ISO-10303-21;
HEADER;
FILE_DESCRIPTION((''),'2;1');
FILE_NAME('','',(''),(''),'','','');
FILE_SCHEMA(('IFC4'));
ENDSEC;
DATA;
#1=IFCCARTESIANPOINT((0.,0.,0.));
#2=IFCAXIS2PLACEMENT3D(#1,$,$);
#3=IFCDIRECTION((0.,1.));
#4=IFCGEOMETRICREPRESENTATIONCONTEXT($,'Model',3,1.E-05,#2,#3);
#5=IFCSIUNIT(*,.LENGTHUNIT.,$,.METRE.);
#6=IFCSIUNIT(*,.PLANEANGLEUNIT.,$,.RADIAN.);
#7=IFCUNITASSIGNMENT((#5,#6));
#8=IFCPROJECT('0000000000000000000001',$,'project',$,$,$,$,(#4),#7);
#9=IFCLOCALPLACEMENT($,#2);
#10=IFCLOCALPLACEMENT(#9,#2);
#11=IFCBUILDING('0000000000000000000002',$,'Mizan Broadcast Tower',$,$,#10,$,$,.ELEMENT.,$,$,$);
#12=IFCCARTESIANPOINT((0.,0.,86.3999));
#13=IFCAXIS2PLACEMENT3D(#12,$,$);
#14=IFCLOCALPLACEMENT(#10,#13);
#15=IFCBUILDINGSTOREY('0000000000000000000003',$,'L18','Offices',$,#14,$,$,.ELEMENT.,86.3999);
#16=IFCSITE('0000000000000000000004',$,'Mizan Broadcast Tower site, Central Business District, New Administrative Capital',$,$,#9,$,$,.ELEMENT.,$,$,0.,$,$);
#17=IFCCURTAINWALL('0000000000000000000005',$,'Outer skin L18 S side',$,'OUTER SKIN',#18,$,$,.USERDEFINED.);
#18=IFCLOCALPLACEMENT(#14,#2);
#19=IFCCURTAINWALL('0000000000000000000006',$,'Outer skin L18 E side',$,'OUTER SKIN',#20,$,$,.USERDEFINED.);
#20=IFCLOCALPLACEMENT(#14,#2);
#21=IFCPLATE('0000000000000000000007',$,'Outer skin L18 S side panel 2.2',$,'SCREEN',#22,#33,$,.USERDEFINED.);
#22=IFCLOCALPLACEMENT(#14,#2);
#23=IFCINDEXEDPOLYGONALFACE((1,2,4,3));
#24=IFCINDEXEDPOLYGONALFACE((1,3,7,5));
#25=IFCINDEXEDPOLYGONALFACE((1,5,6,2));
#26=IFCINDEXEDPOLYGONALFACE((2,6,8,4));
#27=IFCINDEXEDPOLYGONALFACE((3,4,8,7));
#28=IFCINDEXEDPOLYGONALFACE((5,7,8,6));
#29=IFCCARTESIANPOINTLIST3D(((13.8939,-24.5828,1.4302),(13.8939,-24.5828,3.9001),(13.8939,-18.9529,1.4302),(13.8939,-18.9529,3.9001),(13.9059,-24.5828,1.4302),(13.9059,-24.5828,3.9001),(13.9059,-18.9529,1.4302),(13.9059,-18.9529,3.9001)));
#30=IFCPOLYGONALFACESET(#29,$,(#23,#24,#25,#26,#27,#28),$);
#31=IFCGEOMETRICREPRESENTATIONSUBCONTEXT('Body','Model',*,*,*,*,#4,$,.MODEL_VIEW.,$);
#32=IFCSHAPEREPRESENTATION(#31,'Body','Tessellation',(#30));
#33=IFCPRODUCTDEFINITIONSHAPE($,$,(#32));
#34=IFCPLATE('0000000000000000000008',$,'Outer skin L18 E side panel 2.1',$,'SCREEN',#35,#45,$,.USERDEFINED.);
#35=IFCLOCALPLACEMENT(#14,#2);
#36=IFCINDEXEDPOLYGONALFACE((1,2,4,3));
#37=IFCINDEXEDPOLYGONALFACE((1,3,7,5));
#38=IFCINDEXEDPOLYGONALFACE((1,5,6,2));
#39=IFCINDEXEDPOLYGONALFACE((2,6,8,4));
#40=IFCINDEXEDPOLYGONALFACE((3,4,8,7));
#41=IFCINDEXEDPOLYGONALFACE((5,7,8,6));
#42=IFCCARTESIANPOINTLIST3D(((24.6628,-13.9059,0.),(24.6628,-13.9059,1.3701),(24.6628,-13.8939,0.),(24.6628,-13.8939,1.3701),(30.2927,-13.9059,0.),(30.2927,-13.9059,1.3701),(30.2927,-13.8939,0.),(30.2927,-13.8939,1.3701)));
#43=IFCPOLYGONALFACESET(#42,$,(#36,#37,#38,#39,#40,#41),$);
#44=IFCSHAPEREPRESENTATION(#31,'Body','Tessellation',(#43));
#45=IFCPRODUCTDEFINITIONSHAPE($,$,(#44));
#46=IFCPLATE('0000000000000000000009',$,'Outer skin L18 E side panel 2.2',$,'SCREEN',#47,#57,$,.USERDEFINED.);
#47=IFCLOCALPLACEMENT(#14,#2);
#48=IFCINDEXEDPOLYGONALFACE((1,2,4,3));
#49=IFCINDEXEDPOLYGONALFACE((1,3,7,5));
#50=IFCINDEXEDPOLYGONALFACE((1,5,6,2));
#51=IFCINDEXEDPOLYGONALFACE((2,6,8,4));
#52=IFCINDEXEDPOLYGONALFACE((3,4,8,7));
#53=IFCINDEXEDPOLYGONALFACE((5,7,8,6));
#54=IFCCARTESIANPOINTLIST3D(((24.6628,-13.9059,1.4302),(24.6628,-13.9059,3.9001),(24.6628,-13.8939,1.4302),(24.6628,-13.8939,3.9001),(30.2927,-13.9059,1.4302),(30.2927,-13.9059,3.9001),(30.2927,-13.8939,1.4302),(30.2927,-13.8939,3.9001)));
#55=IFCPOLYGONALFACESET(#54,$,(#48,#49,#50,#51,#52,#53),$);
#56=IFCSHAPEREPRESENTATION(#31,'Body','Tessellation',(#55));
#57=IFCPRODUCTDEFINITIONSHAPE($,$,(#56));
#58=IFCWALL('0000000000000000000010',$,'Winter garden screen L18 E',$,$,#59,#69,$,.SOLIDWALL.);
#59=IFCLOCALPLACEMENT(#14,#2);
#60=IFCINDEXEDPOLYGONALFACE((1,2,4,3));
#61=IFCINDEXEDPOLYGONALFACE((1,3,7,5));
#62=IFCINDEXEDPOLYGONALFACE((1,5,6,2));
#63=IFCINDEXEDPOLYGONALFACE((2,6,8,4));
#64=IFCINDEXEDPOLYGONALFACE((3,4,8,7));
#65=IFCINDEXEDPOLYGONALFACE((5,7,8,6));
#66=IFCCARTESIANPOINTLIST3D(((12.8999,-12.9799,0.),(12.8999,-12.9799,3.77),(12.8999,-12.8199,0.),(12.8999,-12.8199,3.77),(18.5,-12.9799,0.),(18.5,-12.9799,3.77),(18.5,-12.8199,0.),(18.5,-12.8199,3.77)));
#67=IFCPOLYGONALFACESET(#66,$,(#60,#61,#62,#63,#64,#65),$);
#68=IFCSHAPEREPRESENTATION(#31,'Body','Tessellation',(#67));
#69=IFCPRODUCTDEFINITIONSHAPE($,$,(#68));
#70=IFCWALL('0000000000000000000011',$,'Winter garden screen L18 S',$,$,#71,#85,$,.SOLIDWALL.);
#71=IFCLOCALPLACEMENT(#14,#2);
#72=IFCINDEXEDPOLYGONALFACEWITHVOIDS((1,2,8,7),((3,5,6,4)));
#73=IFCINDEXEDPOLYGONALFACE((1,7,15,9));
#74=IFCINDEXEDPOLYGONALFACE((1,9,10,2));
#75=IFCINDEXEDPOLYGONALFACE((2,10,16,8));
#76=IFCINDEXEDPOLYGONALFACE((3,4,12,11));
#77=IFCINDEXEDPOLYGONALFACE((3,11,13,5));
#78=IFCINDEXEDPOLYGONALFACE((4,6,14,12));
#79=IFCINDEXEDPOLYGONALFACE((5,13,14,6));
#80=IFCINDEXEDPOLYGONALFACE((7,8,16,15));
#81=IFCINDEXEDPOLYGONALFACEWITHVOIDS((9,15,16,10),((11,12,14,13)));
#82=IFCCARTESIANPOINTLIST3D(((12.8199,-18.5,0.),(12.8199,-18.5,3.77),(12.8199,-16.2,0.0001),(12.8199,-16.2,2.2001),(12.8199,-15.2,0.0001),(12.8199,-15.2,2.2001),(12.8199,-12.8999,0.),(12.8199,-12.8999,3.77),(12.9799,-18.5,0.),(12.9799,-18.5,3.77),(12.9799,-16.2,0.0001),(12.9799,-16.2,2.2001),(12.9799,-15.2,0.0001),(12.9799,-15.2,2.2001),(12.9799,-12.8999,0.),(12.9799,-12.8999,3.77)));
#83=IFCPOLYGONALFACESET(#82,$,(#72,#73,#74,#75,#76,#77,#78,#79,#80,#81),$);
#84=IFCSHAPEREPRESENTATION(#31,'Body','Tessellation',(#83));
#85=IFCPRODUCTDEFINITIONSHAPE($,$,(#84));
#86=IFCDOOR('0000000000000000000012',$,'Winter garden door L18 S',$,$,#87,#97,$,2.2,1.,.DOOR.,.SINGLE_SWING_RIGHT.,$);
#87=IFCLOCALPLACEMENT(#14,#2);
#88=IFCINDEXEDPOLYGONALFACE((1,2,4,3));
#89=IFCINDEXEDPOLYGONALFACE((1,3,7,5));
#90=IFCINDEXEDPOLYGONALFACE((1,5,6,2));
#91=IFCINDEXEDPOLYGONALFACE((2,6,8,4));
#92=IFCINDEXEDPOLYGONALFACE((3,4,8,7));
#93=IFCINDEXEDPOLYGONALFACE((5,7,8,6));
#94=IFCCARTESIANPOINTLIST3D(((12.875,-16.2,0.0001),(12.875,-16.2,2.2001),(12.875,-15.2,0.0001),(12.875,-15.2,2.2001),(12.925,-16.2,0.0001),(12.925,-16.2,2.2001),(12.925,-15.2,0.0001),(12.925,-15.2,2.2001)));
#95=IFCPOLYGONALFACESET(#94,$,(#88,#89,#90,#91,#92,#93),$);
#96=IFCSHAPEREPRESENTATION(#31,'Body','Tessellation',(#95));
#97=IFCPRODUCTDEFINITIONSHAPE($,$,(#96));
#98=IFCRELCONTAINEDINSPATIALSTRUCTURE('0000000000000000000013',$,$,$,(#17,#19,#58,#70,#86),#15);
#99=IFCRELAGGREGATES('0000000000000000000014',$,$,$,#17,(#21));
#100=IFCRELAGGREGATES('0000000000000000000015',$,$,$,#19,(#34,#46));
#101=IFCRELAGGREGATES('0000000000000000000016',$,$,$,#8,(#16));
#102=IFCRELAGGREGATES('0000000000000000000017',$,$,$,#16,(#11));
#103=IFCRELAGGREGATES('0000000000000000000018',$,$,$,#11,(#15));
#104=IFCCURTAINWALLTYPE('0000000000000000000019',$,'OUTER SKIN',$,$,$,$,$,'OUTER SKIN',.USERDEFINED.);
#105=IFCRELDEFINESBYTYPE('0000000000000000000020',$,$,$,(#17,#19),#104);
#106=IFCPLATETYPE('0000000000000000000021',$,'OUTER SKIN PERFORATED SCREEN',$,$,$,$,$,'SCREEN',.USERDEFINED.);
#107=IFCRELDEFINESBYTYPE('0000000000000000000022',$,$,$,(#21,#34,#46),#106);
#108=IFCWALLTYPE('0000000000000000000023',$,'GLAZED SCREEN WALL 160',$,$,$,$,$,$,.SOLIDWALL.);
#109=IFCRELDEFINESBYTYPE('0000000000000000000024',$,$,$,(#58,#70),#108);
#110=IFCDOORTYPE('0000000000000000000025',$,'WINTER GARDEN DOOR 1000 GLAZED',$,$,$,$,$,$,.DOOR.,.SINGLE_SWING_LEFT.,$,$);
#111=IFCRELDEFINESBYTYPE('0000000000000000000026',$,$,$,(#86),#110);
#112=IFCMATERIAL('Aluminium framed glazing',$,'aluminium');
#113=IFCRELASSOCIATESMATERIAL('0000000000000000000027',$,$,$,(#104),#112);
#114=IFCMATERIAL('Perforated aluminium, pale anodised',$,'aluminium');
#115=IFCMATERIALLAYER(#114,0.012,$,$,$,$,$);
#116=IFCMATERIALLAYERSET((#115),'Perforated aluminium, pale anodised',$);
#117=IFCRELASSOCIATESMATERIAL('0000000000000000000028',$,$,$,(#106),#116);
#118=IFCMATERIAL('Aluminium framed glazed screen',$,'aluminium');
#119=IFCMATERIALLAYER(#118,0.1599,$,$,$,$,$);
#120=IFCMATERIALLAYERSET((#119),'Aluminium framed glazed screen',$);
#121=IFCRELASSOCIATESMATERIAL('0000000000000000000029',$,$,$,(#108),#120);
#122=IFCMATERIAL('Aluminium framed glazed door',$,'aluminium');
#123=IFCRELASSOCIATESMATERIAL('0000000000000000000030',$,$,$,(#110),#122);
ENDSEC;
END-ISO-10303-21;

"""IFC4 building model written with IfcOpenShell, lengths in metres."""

from ifc_helpers import new_model, si_unit, direction, frame, frame_2d, origin, origin_2d, place, context, subcontext, project, spatial, rectangle, extrude, material, layer, layer_set, type_object, element, fill, aggregate, save


model = new_model("IFC4")

# Units and contexts
model_context = context("Model", 3, precision=1e-05, world=origin(), true_north=direction((0.0, 1.0)))
body_context = subcontext(model_context, "Body", "Model", "MODEL_VIEW")
ifc_project = project(units=[si_unit("LENGTHUNIT", "METRE"), si_unit("PLANEANGLEUNIT", "RADIAN")], contexts=[model_context])

# Site, building, storey
site_placement = place(None, origin())
site = spatial("IfcSite", under=ifc_project, at=site_placement, Name="Mizan Broadcast Tower site, Central Business District, New Administrative Capital", CompositionType="ELEMENT", RefElevation=0.0)
building_placement = place(site_placement, origin())
building = spatial("IfcBuilding", under=site, at=building_placement, Name="Mizan Broadcast Tower", CompositionType="ELEMENT")
storey_placement = place(building_placement, frame((0.0, 0.0, 86.3999)))
storey = spatial("IfcBuildingStorey", under=building, at=storey_placement, Name="L18", Description="Offices", CompositionType="ELEMENT", Elevation=86.3999)

# Shared definitions
ifc_material_1 = material(Name="Aluminium framed glazing", Category="aluminium")
curtain_wall_type_1 = type_object("IfcCurtainWallType", Name="OUTER SKIN", ElementType="OUTER SKIN", PredefinedType="USERDEFINED", material=ifc_material_1)

# Curtain wall
curtain_wall_1_placement = place(storey_placement, origin())
curtain_wall_1 = element("IfcCurtainWall", 1, at=curtain_wall_1_placement, inside=storey, type_object=curtain_wall_type_1, Name="Outer skin L18 S side", ObjectType="OUTER SKIN", PredefinedType="USERDEFINED")

# Curtain wall
curtain_wall_2_placement = place(storey_placement, origin())
curtain_wall_2 = element("IfcCurtainWall", 2, at=curtain_wall_2_placement, inside=storey, type_object=curtain_wall_type_1, Name="Outer skin L18 E side", ObjectType="OUTER SKIN", PredefinedType="USERDEFINED")

# Plates
ifc_material_2 = material(Name="Perforated aluminium, pale anodised", Category="aluminium")
ifc_layer_1 = layer(ifc_material_2, 0.012)
ifc_layer_set_1 = layer_set([ifc_layer_1], Name="Perforated aluminium, pale anodised")
plate_type_1 = type_object("IfcPlateType", Name="OUTER SKIN PERFORATED SCREEN", ElementType="SCREEN", PredefinedType="USERDEFINED", material=ifc_layer_set_1)
plate_1_placement = place(storey_placement, frame((13.8999, -21.7678, 1.4302), z_axis=(0.0, 0.0, 1.0), x_axis=(0.0, 1.0, 0.0)))
plate_1 = element("IfcPlate", 3, at=plate_1_placement, type_object=plate_type_1, Name="Outer skin L18 S side panel 2.2", ObjectType="SCREEN", PredefinedType="USERDEFINED", context=body_context, shape_type="SweptSolid", body=[
    extrude(rectangle(XDim=5.6299, YDim=0.012, at=origin_2d()), origin(), (0.0, 0.0, 1.0), 2.47),
])
aggregate(curtain_wall_1, [plate_1])
plate_2_placement = place(storey_placement, frame((27.4778, -13.8999, 0.0), z_axis=(0.0, 0.0, 1.0), x_axis=(1.0, 0.0, 0.0)))
plate_2 = element("IfcPlate", 4, at=plate_2_placement, type_object=plate_type_1, Name="Outer skin L18 E side panel 2.1", ObjectType="SCREEN", PredefinedType="USERDEFINED", context=body_context, shape_type="SweptSolid", body=[
    extrude(rectangle(XDim=5.6299, YDim=0.012, at=origin_2d()), origin(), (0.0, 0.0, 1.0), 1.3701),
])
plate_3_placement = place(storey_placement, frame((27.4778, -13.8999, 1.4302), z_axis=(0.0, 0.0, 1.0), x_axis=(1.0, 0.0, 0.0)))
plate_3 = element("IfcPlate", 5, at=plate_3_placement, type_object=plate_type_1, Name="Outer skin L18 E side panel 2.2", ObjectType="SCREEN", PredefinedType="USERDEFINED", context=body_context, shape_type="SweptSolid", body=[
    extrude(rectangle(XDim=5.6299, YDim=0.012, at=origin_2d()), origin(), (0.0, 0.0, 1.0), 2.47),
])
aggregate(curtain_wall_2, [plate_2, plate_3])

# Wall
ifc_material_3 = material(Name="Aluminium framed glazed screen", Category="aluminium")
ifc_layer_2 = layer(ifc_material_3, 0.1599)
ifc_layer_set_2 = layer_set([ifc_layer_2], Name="Aluminium framed glazed screen")
wall_type = type_object("IfcWallType", Name="GLAZED SCREEN WALL 160", PredefinedType="SOLIDWALL", material=ifc_layer_set_2)
wall_1_placement = place(storey_placement, frame((12.8999, -12.8999, 0.0), z_axis=(0.0, 0.0, 1.0), x_axis=(1.0, 0.0, 0.0)))
element("IfcWall", 6, at=wall_1_placement, inside=storey, type_object=wall_type, Name="Winter garden screen L18 E", PredefinedType="SOLIDWALL", context=body_context, shape_type="SweptSolid", body=[
    extrude(rectangle(XDim=5.6001, YDim=0.1599, at=frame_2d((2.8, 0.0))), origin(), (0.0, 0.0, 1.0), 3.77),
])

# Wall, opening, door
wall_2_placement = place(storey_placement, frame((12.8999, -18.5, 0.0), z_axis=(0.0, 0.0, 1.0), x_axis=(0.0, 1.0, 0.0)))
wall_2 = element("IfcWall", 7, at=wall_2_placement, inside=storey, type_object=wall_type, Name="Winter garden screen L18 S", PredefinedType="SOLIDWALL", context=body_context, shape_type="SweptSolid", body=[
    extrude(rectangle(XDim=5.6001, YDim=0.1599, at=frame_2d((2.8, 0.0))), origin(), (0.0, 0.0, 1.0), 3.77),
])
opening_placement = place(wall_2_placement, frame((2.3, 0.0, 0.0)))
opening = element("IfcOpeningElement", 8, at=opening_placement, cuts=wall_2, PredefinedType="OPENING", context=body_context, shape_type="SweptSolid", body=[
    extrude(rectangle(XDim=1.0, YDim=2.2, at=frame_2d((0.5, 1.1001))), frame((0.0, 0.0898, 0.0), z_axis=(0.0, -1.0, 0.0), x_axis=(1.0, 0.0, 0.0)), (0.0, 0.0, 1.0), 0.1799),
])
ifc_material_4 = material(Name="Aluminium framed glazed door", Category="aluminium")
door_type = type_object("IfcDoorType", Name="WINTER GARDEN DOOR 1000 GLAZED", OperationType="SINGLE_SWING_LEFT", PredefinedType="DOOR", material=ifc_material_4)
door_placement = place(opening_placement, origin())
door = element("IfcDoor", 9, at=door_placement, inside=storey, type_object=door_type, Name="Winter garden door L18 S", OperationType="SINGLE_SWING_RIGHT", OverallHeight=2.2, OverallWidth=1.0, PredefinedType="DOOR", context=body_context, shape_type="SweptSolid", body=[
    extrude(rectangle(XDim=1.0, YDim=2.2, at=frame_2d((0.5, 1.1001))), frame((0.0, 0.0249, 0.0), z_axis=(0.0, -1.0, 0.0), x_axis=(1.0, 0.0, 0.0)), (0.0, 0.0, 1.0), 0.05),
])
fill(opening, door)

save(model, "model.ifc")
